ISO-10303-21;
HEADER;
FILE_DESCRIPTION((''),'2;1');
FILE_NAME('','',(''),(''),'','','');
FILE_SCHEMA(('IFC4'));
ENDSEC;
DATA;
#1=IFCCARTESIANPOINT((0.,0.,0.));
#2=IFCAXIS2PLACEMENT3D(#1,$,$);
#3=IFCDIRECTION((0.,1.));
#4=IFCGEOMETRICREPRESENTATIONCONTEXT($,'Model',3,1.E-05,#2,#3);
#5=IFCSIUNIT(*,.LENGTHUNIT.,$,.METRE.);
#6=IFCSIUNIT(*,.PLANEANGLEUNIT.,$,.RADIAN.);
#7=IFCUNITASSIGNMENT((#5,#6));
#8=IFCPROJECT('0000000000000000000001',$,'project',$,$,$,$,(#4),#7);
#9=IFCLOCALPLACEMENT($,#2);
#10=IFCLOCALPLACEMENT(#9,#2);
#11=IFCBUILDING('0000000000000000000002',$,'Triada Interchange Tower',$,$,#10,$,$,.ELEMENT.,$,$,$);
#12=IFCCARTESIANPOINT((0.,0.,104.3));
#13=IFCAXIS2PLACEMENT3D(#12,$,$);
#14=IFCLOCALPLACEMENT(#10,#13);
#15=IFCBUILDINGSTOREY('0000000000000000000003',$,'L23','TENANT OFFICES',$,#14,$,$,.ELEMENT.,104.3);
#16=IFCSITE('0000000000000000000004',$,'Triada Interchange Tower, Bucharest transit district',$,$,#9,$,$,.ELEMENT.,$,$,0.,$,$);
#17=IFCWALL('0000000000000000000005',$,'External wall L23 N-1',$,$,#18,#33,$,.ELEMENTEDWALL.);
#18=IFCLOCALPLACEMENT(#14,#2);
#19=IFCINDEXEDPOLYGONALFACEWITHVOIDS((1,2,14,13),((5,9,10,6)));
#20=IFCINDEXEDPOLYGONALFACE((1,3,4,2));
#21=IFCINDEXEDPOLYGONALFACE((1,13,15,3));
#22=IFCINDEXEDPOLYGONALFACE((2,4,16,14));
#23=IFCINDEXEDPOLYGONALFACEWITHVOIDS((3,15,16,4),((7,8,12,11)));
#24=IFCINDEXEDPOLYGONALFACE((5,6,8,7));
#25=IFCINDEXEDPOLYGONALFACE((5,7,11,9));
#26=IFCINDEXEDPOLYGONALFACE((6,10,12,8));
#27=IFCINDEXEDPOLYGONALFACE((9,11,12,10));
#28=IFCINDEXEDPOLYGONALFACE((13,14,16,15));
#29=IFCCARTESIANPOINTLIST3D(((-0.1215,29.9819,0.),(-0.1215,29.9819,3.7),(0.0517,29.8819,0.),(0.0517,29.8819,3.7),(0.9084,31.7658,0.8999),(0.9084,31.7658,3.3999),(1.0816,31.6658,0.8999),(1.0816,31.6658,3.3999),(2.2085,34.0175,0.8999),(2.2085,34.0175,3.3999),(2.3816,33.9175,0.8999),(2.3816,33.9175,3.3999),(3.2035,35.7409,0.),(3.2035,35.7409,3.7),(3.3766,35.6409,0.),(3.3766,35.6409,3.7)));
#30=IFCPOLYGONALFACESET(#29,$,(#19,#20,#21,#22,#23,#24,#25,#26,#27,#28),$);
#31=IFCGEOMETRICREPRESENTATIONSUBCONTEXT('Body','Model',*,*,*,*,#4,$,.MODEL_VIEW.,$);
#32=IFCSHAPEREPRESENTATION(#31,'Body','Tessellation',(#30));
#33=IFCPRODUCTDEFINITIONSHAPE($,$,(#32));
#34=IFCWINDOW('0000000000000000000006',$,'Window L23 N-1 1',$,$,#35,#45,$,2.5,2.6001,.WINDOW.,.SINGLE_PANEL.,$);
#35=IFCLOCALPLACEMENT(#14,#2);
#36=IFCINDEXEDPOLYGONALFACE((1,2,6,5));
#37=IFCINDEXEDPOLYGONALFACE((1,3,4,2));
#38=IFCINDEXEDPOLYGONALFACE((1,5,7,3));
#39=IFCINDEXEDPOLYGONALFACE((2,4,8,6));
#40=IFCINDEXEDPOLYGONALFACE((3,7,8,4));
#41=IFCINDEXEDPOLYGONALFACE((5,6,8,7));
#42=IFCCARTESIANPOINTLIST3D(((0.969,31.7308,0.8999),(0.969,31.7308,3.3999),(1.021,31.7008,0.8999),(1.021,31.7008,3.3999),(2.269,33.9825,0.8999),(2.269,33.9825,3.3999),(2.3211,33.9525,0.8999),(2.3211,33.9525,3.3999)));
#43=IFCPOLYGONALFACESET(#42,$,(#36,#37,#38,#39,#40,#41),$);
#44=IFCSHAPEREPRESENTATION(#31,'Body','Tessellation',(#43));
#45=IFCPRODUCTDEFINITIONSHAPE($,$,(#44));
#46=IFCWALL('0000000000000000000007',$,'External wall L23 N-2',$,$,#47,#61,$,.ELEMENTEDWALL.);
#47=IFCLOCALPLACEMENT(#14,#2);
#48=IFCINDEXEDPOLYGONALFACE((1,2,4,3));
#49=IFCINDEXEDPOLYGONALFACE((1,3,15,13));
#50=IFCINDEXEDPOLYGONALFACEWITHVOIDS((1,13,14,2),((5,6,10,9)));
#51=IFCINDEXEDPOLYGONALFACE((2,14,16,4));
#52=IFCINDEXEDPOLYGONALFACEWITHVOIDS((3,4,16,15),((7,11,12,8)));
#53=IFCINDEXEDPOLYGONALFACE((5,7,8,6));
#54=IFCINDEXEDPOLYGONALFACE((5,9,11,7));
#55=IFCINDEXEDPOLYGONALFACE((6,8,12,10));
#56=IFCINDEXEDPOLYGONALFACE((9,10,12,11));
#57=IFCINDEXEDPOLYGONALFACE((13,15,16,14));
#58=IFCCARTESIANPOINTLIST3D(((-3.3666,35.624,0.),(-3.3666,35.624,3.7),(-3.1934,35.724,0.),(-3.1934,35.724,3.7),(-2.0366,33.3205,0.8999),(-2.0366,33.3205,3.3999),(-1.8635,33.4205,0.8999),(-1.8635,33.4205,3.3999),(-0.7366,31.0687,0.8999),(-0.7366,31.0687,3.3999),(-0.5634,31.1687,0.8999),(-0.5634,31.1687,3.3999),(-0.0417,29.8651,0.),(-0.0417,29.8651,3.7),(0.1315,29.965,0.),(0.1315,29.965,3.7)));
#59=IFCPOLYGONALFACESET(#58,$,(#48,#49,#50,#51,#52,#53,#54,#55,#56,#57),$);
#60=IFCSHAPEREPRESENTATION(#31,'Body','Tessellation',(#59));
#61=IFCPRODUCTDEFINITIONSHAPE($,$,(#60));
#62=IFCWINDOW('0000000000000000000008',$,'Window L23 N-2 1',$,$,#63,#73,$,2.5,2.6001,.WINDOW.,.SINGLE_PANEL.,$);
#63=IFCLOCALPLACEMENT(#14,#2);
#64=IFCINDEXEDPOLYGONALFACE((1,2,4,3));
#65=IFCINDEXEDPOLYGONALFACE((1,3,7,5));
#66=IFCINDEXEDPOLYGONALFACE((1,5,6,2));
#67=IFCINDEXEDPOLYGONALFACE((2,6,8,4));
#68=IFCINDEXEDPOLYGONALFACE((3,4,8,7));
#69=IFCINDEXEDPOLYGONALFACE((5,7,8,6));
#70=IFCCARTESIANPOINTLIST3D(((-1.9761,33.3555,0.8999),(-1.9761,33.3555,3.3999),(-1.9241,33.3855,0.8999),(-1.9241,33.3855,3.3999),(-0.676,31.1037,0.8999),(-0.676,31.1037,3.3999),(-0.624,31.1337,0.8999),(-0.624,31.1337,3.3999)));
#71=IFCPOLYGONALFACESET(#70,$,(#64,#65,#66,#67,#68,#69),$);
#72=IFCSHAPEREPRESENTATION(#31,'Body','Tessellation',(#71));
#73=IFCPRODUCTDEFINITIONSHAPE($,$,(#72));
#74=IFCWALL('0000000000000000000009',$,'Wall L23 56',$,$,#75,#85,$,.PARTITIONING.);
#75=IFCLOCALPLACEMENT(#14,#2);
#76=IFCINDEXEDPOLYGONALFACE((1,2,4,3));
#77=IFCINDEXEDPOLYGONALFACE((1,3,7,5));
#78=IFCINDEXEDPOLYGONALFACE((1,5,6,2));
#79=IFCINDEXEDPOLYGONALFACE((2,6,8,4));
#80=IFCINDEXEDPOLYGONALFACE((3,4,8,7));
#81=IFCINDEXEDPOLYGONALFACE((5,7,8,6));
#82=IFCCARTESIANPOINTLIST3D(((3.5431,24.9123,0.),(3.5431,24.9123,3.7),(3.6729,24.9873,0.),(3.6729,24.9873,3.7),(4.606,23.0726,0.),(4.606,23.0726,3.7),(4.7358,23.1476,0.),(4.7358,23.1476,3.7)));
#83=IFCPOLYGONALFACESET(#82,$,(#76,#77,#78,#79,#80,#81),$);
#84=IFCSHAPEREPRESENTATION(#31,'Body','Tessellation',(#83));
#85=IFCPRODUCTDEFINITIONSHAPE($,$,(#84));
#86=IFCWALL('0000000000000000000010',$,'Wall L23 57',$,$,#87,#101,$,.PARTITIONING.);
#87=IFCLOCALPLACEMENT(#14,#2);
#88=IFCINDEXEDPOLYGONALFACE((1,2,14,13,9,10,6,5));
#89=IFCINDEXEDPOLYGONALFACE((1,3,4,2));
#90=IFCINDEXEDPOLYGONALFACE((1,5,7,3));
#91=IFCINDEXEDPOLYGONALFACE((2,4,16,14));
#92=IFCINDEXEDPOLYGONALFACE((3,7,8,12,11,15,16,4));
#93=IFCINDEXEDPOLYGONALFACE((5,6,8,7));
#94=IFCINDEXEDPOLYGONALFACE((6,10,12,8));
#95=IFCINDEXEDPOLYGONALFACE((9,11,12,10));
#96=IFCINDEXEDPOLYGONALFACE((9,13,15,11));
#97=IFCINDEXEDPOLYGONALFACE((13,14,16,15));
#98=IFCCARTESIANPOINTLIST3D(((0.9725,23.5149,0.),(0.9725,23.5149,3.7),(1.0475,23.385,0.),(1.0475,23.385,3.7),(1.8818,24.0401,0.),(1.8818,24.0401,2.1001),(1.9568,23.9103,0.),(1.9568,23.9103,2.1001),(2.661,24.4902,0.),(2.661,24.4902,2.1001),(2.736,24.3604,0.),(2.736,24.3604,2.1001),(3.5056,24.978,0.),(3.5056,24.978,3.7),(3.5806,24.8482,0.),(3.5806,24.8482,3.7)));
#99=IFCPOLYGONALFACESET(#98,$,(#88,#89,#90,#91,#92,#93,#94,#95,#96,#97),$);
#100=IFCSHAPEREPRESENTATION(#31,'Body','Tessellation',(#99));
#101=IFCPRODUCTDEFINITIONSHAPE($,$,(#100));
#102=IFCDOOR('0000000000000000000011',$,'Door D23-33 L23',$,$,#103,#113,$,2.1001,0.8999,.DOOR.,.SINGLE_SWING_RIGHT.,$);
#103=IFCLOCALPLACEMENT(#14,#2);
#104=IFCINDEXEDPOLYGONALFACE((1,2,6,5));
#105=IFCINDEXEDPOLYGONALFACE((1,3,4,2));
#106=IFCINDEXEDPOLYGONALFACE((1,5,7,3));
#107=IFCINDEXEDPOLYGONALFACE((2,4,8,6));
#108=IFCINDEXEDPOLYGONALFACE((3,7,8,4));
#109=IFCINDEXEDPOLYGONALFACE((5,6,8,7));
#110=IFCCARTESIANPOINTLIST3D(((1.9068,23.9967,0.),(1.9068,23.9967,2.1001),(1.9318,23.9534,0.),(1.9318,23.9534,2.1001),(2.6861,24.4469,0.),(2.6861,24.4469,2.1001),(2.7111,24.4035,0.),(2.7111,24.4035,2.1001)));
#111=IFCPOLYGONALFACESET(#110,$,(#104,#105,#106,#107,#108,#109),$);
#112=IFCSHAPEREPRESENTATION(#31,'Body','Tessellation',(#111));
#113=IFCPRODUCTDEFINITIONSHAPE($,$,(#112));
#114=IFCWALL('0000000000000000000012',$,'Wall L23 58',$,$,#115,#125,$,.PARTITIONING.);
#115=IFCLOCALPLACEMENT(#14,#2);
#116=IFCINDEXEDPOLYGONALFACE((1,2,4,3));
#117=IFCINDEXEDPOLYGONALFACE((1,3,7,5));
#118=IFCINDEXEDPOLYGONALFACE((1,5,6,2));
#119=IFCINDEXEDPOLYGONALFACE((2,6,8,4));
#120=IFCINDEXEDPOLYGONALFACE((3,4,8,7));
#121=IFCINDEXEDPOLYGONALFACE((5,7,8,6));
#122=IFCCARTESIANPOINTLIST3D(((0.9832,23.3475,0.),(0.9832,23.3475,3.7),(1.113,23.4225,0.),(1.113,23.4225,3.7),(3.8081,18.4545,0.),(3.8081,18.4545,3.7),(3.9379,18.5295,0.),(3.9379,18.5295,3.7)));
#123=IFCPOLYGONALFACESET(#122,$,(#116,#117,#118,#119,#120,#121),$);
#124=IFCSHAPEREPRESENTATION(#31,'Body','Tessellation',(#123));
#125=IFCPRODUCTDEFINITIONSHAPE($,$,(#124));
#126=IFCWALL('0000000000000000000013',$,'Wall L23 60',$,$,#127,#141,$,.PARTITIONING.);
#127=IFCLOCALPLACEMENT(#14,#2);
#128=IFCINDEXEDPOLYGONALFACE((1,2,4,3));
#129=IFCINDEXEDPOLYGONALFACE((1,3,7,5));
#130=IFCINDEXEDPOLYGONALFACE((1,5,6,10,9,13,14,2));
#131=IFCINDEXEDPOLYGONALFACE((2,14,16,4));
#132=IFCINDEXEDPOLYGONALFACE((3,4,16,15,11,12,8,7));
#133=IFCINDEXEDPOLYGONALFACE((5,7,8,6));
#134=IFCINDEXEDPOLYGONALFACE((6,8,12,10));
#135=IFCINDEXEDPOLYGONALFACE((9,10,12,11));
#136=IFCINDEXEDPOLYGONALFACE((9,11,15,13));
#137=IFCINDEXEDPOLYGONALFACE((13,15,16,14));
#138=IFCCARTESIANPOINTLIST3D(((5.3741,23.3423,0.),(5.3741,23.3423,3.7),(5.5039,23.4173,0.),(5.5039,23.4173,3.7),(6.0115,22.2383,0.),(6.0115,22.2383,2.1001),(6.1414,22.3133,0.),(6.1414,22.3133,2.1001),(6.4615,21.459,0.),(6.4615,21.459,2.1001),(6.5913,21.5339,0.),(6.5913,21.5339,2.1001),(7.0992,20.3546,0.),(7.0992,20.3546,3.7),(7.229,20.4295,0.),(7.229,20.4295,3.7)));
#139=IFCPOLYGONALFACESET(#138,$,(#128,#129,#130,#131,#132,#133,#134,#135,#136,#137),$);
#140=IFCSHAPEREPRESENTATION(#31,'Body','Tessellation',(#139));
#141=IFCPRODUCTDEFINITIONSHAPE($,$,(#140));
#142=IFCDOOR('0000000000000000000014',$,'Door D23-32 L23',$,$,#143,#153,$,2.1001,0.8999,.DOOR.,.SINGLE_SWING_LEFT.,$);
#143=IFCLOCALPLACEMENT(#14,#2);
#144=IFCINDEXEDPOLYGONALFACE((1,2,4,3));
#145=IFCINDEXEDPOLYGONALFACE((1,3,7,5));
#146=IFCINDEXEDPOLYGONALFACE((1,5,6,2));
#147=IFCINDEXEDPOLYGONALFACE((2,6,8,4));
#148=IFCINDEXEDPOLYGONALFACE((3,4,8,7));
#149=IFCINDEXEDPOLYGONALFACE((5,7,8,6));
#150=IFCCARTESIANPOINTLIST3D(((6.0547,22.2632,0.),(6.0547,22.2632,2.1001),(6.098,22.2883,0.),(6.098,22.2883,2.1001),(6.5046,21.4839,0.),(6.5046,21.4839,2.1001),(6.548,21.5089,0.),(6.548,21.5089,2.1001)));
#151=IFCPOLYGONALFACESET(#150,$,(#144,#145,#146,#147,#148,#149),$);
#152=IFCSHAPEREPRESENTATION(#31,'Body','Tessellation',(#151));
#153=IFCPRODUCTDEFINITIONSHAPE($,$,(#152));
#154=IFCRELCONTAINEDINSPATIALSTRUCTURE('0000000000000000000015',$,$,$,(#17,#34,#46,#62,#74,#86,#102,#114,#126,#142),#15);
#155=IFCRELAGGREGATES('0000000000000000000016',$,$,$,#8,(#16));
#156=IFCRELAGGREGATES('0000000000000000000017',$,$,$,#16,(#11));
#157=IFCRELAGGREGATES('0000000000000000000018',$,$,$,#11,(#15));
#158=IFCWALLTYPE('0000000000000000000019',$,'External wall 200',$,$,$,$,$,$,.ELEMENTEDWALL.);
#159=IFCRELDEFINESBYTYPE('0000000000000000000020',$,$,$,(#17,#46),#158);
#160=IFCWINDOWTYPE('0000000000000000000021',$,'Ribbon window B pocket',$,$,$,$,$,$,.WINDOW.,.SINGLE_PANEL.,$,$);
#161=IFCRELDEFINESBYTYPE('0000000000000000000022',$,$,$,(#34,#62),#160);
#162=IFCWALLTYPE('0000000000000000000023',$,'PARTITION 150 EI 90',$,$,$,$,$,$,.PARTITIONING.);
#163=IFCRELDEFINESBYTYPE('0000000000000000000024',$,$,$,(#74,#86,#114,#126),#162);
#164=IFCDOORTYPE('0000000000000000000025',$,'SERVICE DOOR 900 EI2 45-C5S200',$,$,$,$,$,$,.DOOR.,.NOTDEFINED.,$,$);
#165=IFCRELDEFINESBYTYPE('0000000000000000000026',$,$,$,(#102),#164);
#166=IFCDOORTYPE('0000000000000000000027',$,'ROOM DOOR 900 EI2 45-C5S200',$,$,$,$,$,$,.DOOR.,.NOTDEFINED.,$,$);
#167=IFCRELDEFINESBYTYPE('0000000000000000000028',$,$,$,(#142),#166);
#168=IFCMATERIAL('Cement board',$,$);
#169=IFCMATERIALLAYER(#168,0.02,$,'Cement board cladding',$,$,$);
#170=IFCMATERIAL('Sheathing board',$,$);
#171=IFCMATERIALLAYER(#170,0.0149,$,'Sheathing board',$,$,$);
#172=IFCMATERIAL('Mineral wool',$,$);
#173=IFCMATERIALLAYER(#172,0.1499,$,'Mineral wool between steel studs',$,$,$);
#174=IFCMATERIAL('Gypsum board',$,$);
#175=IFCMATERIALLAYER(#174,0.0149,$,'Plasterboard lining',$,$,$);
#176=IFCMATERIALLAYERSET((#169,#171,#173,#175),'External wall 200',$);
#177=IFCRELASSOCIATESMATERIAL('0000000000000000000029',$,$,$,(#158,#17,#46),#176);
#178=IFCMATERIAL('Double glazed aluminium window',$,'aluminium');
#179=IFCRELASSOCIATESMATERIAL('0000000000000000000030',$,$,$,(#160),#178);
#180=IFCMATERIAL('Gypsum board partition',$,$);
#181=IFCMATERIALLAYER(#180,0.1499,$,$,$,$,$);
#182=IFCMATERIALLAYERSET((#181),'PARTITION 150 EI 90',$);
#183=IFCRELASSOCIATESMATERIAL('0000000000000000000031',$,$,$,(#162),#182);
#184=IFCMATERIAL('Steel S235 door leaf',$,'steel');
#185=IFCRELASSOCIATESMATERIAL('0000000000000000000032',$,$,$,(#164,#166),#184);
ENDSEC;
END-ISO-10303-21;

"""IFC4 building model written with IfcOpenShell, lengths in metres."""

from ifc_helpers import new_model, si_unit, direction, frame, frame_2d, origin, place, context, subcontext, project, spatial, rectangle, extrude, material, layer, layer_set, layer_usage, type_object, element, fill, save


model = new_model("IFC4")

# Units and contexts
model_context = context("Model", 3, precision=1e-05, world=origin(), true_north=direction((0.0, 1.0)))
body_context = subcontext(model_context, "Body", "Model", "MODEL_VIEW")
ifc_project = project(units=[si_unit("LENGTHUNIT", "METRE"), si_unit("PLANEANGLEUNIT", "RADIAN")], contexts=[model_context])

# Site, building, storey
site_placement = place(None, origin())
site = spatial("IfcSite", under=ifc_project, at=site_placement, Name="Triada Interchange Tower, Bucharest transit district", CompositionType="ELEMENT", RefElevation=0.0)
building_placement = place(site_placement, origin())
building = spatial("IfcBuilding", under=site, at=building_placement, Name="Triada Interchange Tower", CompositionType="ELEMENT")
storey_placement = place(building_placement, frame((0.0, 0.0, 104.3)))
storey = spatial("IfcBuildingStorey", under=building, at=storey_placement, Name="L23", Description="TENANT OFFICES", CompositionType="ELEMENT", Elevation=104.3)

# Walls, openings, windows
ifc_material_1 = material(Name="Cement board")
ifc_layer_1 = layer(ifc_material_1, 0.02, Name="Cement board cladding")
ifc_material_2 = material(Name="Sheathing board")
ifc_layer_2 = layer(ifc_material_2, 0.0149, Name="Sheathing board")
ifc_material_3 = material(Name="Mineral wool")
ifc_layer_3 = layer(ifc_material_3, 0.1499, Name="Mineral wool between steel studs")
ifc_material_4 = material(Name="Gypsum board")
ifc_layer_4 = layer(ifc_material_4, 0.0149, Name="Plasterboard lining")
ifc_layer_set_1 = layer_set([ifc_layer_1, ifc_layer_2, ifc_layer_3, ifc_layer_4], Name="External wall 200")
ifc_layer_usage = layer_usage(ifc_layer_set_1, "AXIS2", "POSITIVE", -0.1001)
wall_type_1 = type_object("IfcWallType", Name="External wall 200", PredefinedType="ELEMENTEDWALL", material=ifc_layer_set_1)
wall_1_placement = place(storey_placement, frame((3.29, 35.6909, 0.0), z_axis=(0.0, 0.0, 1.0), x_axis=(-0.499997, -0.866027, 0.0)))
wall_1 = element("IfcWall", 1, at=wall_1_placement, inside=storey, type_object=wall_type_1, material=ifc_layer_usage, Name="External wall L23 N-1", PredefinedType="ELEMENTEDWALL", context=body_context, shape_type="SweptSolid", body=[
    extrude(rectangle(XDim=6.6499, YDim=0.2, at=frame_2d((3.325, 0.0))), origin(), (0.0, 0.0, 1.0), 3.7),
])
opening_1_placement = place(wall_1_placement, frame((1.99, 0.0, 0.8999)))
opening_1 = element("IfcOpeningElement", 2, at=opening_1_placement, cuts=wall_1, PredefinedType="OPENING", context=body_context, shape_type="SweptSolid", body=[
    extrude(rectangle(XDim=2.6001, YDim=2.5, at=frame_2d((1.3, 1.25))), frame((0.0, 0.1099, 0.0), z_axis=(0.0, -1.0, 0.0), x_axis=(1.0, 0.0, 0.0)), (0.0, 0.0, 1.0), 0.22),
])
ifc_material_5 = material(Name="Double glazed aluminium window", Category="aluminium")
window_type = type_object("IfcWindowType", Name="Ribbon window B pocket", PartitioningType="SINGLE_PANEL", PredefinedType="WINDOW", material=ifc_material_5)
window_1_placement = place(opening_1_placement, origin())
window_1 = element("IfcWindow", 3, at=window_1_placement, inside=storey, type_object=window_type, Name="Window L23 N-1 1", OverallHeight=2.5, OverallWidth=2.6001, PartitioningType="SINGLE_PANEL", PredefinedType="WINDOW", context=body_context, shape_type="SweptSolid", body=[
    extrude(rectangle(XDim=2.6001, YDim=2.5, at=frame_2d((1.3, 1.25))), frame((0.0, 0.03, 0.0), z_axis=(0.0, -1.0, 0.0), x_axis=(1.0, 0.0, 0.0)), (0.0, 0.0, 1.0), 0.0601),
])
fill(opening_1, window_1)
wall_2_placement = place(storey_placement, frame((0.0449, 29.915, 0.0), z_axis=(0.0, 0.0, 1.0), x_axis=(-0.499997, 0.866027, 0.0)))
wall_2 = element("IfcWall", 4, at=wall_2_placement, inside=storey, type_object=wall_type_1, material=ifc_layer_usage, Name="External wall L23 N-2", PredefinedType="ELEMENTEDWALL", context=body_context, shape_type="SweptSolid", body=[
    extrude(rectangle(XDim=6.6499, YDim=0.2, at=frame_2d((3.325, 0.0))), origin(), (0.0, 0.0, 1.0), 3.7),
])
opening_2_placement = place(wall_2_placement, frame((1.3899, 0.0, 0.8999)))
opening_2 = element("IfcOpeningElement", 5, at=opening_2_placement, cuts=wall_2, PredefinedType="OPENING", context=body_context, shape_type="SweptSolid", body=[
    extrude(rectangle(XDim=2.6001, YDim=2.5, at=frame_2d((1.3, 1.25))), frame((0.0, 0.1099, 0.0), z_axis=(0.0, -1.0, 0.0), x_axis=(1.0, 0.0, 0.0)), (0.0, 0.0, 1.0), 0.22),
])
window_2_placement = place(opening_2_placement, origin())
window_2 = element("IfcWindow", 6, at=window_2_placement, inside=storey, type_object=window_type, Name="Window L23 N-2 1", OverallHeight=2.5, OverallWidth=2.6001, PartitioningType="SINGLE_PANEL", PredefinedType="WINDOW", context=body_context, shape_type="SweptSolid", body=[
    extrude(rectangle(XDim=2.6001, YDim=2.5, at=frame_2d((1.3, 1.25))), frame((0.0, 0.03, 0.0), z_axis=(0.0, -1.0, 0.0), x_axis=(1.0, 0.0, 0.0)), (0.0, 0.0, 1.0), 0.0601),
])
fill(opening_2, window_2)

# Wall
ifc_material_6 = material(Name="Gypsum board partition")
ifc_layer_5 = layer(ifc_material_6, 0.1499)
ifc_layer_set_2 = layer_set([ifc_layer_5], Name="PARTITION 150 EI 90")
wall_type_2 = type_object("IfcWallType", Name="PARTITION 150 EI 90", PredefinedType="PARTITIONING", material=ifc_layer_set_2)
wall_3_placement = place(storey_placement, frame((3.6079, 24.95, 0.0), z_axis=(0.0, 0.0, 1.0), x_axis=(0.500266, -0.865872, 0.0)))
element("IfcWall", 7, at=wall_3_placement, inside=storey, type_object=wall_type_2, Name="Wall L23 56", PredefinedType="PARTITIONING", context=body_context, shape_type="SweptSolid", body=[
    extrude(rectangle(XDim=2.1248, YDim=0.1499, at=frame_2d((1.0625, 0.0))), origin(), (0.0, 0.0, 1.0), 3.7),
])

# Wall, opening, door
wall_4_placement = place(storey_placement, frame((1.01, 23.45, 0.0), z_axis=(0.0, 0.0, 1.0), x_axis=(0.865917, 0.500187, 0.0)))
wall_4 = element("IfcWall", 8, at=wall_4_placement, inside=storey, type_object=wall_type_2, Name="Wall L23 57", PredefinedType="PARTITIONING", context=body_context, shape_type="SweptSolid", body=[
    extrude(rectangle(XDim=2.9253, YDim=0.1499, at=frame_2d((1.4626, 0.0))), origin(), (0.0, 0.0, 1.0), 3.7),
])
opening_3_placement = place(wall_4_placement, frame((1.05, 0.0, 0.0)))
opening_3 = element("IfcOpeningElement", 9, at=opening_3_placement, cuts=wall_4, PredefinedType="OPENING", context=body_context, shape_type="SweptSolid", body=[
    extrude(rectangle(XDim=0.8999, YDim=2.1001, at=frame_2d((0.45, 1.05))), frame((0.0, 0.085, 0.0), z_axis=(0.0, -1.0, 0.0), x_axis=(1.0, 0.0, 0.0)), (0.0, 0.0, 1.0), 0.1699),
])
ifc_material_7 = material(Name="Steel S235 door leaf", Category="steel")
door_type_1 = type_object("IfcDoorType", Name="SERVICE DOOR 900 EI2 45-C5S200", OperationType="NOTDEFINED", PredefinedType="DOOR", material=ifc_material_7)
door_1_placement = place(opening_3_placement, origin())
door_1 = element("IfcDoor", 10, at=door_1_placement, inside=storey, type_object=door_type_1, Name="Door D23-33 L23", OperationType="SINGLE_SWING_RIGHT", OverallHeight=2.1001, OverallWidth=0.8999, PredefinedType="DOOR", context=body_context, shape_type="SweptSolid", body=[
    extrude(rectangle(XDim=0.8999, YDim=2.1001, at=frame_2d((0.45, 1.05))), frame((0.0, 0.0249, 0.0), z_axis=(0.0, -1.0, 0.0), x_axis=(1.0, 0.0, 0.0)), (0.0, 0.0, 1.0), 0.05),
])
fill(opening_3, door_1)

# Wall
wall_5_placement = place(storey_placement, frame((1.0481, 23.385, 0.0), z_axis=(0.0, 0.0, 1.0), x_axis=(0.499992, -0.86603, 0.0)))
element("IfcWall", 11, at=wall_5_placement, inside=storey, type_object=wall_type_2, Name="Wall L23 58", PredefinedType="PARTITIONING", context=body_context, shape_type="SweptSolid", body=[
    extrude(rectangle(XDim=5.6499, YDim=0.1499, at=frame_2d((2.825, 0.0))), origin(), (0.0, 0.0, 1.0), 3.7),
])

# Wall, opening, door
wall_6_placement = place(storey_placement, frame((5.439, 23.3799, 0.0), z_axis=(0.0, 0.0, 1.0), x_axis=(0.500021, -0.866014, 0.0)))
wall_6 = element("IfcWall", 12, at=wall_6_placement, inside=storey, type_object=wall_type_2, Name="Wall L23 60", PredefinedType="PARTITIONING", context=body_context, shape_type="SweptSolid", body=[
    extrude(rectangle(XDim=3.45, YDim=0.1499, at=frame_2d((1.7251, 0.0))), origin(), (0.0, 0.0, 1.0), 3.7),
])
opening_4_placement = place(wall_6_placement, frame((1.2749, 0.0, 0.0)))
opening_4 = element("IfcOpeningElement", 13, at=opening_4_placement, cuts=wall_6, PredefinedType="OPENING", context=body_context, shape_type="SweptSolid", body=[
    extrude(rectangle(XDim=0.8999, YDim=2.1001, at=frame_2d((0.45, 1.05))), frame((0.0, 0.085, 0.0), z_axis=(0.0, -1.0, 0.0), x_axis=(1.0, 0.0, 0.0)), (0.0, 0.0, 1.0), 0.1699),
])
door_type_2 = type_object("IfcDoorType", Name="ROOM DOOR 900 EI2 45-C5S200", OperationType="NOTDEFINED", PredefinedType="DOOR", material=ifc_material_7)
door_2_placement = place(opening_4_placement, origin())
door_2 = element("IfcDoor", 14, at=door_2_placement, inside=storey, type_object=door_type_2, Name="Door D23-32 L23", OperationType="SINGLE_SWING_LEFT", OverallHeight=2.1001, OverallWidth=0.8999, PredefinedType="DOOR", context=body_context, shape_type="SweptSolid", body=[
    extrude(rectangle(XDim=0.8999, YDim=2.1001, at=frame_2d((0.45, 1.05))), frame((0.0, 0.0249, 0.0), z_axis=(0.0, -1.0, 0.0), x_axis=(1.0, 0.0, 0.0)), (0.0, 0.0, 1.0), 0.05),
])
fill(opening_4, door_2)

save(model, "model.ifc")
